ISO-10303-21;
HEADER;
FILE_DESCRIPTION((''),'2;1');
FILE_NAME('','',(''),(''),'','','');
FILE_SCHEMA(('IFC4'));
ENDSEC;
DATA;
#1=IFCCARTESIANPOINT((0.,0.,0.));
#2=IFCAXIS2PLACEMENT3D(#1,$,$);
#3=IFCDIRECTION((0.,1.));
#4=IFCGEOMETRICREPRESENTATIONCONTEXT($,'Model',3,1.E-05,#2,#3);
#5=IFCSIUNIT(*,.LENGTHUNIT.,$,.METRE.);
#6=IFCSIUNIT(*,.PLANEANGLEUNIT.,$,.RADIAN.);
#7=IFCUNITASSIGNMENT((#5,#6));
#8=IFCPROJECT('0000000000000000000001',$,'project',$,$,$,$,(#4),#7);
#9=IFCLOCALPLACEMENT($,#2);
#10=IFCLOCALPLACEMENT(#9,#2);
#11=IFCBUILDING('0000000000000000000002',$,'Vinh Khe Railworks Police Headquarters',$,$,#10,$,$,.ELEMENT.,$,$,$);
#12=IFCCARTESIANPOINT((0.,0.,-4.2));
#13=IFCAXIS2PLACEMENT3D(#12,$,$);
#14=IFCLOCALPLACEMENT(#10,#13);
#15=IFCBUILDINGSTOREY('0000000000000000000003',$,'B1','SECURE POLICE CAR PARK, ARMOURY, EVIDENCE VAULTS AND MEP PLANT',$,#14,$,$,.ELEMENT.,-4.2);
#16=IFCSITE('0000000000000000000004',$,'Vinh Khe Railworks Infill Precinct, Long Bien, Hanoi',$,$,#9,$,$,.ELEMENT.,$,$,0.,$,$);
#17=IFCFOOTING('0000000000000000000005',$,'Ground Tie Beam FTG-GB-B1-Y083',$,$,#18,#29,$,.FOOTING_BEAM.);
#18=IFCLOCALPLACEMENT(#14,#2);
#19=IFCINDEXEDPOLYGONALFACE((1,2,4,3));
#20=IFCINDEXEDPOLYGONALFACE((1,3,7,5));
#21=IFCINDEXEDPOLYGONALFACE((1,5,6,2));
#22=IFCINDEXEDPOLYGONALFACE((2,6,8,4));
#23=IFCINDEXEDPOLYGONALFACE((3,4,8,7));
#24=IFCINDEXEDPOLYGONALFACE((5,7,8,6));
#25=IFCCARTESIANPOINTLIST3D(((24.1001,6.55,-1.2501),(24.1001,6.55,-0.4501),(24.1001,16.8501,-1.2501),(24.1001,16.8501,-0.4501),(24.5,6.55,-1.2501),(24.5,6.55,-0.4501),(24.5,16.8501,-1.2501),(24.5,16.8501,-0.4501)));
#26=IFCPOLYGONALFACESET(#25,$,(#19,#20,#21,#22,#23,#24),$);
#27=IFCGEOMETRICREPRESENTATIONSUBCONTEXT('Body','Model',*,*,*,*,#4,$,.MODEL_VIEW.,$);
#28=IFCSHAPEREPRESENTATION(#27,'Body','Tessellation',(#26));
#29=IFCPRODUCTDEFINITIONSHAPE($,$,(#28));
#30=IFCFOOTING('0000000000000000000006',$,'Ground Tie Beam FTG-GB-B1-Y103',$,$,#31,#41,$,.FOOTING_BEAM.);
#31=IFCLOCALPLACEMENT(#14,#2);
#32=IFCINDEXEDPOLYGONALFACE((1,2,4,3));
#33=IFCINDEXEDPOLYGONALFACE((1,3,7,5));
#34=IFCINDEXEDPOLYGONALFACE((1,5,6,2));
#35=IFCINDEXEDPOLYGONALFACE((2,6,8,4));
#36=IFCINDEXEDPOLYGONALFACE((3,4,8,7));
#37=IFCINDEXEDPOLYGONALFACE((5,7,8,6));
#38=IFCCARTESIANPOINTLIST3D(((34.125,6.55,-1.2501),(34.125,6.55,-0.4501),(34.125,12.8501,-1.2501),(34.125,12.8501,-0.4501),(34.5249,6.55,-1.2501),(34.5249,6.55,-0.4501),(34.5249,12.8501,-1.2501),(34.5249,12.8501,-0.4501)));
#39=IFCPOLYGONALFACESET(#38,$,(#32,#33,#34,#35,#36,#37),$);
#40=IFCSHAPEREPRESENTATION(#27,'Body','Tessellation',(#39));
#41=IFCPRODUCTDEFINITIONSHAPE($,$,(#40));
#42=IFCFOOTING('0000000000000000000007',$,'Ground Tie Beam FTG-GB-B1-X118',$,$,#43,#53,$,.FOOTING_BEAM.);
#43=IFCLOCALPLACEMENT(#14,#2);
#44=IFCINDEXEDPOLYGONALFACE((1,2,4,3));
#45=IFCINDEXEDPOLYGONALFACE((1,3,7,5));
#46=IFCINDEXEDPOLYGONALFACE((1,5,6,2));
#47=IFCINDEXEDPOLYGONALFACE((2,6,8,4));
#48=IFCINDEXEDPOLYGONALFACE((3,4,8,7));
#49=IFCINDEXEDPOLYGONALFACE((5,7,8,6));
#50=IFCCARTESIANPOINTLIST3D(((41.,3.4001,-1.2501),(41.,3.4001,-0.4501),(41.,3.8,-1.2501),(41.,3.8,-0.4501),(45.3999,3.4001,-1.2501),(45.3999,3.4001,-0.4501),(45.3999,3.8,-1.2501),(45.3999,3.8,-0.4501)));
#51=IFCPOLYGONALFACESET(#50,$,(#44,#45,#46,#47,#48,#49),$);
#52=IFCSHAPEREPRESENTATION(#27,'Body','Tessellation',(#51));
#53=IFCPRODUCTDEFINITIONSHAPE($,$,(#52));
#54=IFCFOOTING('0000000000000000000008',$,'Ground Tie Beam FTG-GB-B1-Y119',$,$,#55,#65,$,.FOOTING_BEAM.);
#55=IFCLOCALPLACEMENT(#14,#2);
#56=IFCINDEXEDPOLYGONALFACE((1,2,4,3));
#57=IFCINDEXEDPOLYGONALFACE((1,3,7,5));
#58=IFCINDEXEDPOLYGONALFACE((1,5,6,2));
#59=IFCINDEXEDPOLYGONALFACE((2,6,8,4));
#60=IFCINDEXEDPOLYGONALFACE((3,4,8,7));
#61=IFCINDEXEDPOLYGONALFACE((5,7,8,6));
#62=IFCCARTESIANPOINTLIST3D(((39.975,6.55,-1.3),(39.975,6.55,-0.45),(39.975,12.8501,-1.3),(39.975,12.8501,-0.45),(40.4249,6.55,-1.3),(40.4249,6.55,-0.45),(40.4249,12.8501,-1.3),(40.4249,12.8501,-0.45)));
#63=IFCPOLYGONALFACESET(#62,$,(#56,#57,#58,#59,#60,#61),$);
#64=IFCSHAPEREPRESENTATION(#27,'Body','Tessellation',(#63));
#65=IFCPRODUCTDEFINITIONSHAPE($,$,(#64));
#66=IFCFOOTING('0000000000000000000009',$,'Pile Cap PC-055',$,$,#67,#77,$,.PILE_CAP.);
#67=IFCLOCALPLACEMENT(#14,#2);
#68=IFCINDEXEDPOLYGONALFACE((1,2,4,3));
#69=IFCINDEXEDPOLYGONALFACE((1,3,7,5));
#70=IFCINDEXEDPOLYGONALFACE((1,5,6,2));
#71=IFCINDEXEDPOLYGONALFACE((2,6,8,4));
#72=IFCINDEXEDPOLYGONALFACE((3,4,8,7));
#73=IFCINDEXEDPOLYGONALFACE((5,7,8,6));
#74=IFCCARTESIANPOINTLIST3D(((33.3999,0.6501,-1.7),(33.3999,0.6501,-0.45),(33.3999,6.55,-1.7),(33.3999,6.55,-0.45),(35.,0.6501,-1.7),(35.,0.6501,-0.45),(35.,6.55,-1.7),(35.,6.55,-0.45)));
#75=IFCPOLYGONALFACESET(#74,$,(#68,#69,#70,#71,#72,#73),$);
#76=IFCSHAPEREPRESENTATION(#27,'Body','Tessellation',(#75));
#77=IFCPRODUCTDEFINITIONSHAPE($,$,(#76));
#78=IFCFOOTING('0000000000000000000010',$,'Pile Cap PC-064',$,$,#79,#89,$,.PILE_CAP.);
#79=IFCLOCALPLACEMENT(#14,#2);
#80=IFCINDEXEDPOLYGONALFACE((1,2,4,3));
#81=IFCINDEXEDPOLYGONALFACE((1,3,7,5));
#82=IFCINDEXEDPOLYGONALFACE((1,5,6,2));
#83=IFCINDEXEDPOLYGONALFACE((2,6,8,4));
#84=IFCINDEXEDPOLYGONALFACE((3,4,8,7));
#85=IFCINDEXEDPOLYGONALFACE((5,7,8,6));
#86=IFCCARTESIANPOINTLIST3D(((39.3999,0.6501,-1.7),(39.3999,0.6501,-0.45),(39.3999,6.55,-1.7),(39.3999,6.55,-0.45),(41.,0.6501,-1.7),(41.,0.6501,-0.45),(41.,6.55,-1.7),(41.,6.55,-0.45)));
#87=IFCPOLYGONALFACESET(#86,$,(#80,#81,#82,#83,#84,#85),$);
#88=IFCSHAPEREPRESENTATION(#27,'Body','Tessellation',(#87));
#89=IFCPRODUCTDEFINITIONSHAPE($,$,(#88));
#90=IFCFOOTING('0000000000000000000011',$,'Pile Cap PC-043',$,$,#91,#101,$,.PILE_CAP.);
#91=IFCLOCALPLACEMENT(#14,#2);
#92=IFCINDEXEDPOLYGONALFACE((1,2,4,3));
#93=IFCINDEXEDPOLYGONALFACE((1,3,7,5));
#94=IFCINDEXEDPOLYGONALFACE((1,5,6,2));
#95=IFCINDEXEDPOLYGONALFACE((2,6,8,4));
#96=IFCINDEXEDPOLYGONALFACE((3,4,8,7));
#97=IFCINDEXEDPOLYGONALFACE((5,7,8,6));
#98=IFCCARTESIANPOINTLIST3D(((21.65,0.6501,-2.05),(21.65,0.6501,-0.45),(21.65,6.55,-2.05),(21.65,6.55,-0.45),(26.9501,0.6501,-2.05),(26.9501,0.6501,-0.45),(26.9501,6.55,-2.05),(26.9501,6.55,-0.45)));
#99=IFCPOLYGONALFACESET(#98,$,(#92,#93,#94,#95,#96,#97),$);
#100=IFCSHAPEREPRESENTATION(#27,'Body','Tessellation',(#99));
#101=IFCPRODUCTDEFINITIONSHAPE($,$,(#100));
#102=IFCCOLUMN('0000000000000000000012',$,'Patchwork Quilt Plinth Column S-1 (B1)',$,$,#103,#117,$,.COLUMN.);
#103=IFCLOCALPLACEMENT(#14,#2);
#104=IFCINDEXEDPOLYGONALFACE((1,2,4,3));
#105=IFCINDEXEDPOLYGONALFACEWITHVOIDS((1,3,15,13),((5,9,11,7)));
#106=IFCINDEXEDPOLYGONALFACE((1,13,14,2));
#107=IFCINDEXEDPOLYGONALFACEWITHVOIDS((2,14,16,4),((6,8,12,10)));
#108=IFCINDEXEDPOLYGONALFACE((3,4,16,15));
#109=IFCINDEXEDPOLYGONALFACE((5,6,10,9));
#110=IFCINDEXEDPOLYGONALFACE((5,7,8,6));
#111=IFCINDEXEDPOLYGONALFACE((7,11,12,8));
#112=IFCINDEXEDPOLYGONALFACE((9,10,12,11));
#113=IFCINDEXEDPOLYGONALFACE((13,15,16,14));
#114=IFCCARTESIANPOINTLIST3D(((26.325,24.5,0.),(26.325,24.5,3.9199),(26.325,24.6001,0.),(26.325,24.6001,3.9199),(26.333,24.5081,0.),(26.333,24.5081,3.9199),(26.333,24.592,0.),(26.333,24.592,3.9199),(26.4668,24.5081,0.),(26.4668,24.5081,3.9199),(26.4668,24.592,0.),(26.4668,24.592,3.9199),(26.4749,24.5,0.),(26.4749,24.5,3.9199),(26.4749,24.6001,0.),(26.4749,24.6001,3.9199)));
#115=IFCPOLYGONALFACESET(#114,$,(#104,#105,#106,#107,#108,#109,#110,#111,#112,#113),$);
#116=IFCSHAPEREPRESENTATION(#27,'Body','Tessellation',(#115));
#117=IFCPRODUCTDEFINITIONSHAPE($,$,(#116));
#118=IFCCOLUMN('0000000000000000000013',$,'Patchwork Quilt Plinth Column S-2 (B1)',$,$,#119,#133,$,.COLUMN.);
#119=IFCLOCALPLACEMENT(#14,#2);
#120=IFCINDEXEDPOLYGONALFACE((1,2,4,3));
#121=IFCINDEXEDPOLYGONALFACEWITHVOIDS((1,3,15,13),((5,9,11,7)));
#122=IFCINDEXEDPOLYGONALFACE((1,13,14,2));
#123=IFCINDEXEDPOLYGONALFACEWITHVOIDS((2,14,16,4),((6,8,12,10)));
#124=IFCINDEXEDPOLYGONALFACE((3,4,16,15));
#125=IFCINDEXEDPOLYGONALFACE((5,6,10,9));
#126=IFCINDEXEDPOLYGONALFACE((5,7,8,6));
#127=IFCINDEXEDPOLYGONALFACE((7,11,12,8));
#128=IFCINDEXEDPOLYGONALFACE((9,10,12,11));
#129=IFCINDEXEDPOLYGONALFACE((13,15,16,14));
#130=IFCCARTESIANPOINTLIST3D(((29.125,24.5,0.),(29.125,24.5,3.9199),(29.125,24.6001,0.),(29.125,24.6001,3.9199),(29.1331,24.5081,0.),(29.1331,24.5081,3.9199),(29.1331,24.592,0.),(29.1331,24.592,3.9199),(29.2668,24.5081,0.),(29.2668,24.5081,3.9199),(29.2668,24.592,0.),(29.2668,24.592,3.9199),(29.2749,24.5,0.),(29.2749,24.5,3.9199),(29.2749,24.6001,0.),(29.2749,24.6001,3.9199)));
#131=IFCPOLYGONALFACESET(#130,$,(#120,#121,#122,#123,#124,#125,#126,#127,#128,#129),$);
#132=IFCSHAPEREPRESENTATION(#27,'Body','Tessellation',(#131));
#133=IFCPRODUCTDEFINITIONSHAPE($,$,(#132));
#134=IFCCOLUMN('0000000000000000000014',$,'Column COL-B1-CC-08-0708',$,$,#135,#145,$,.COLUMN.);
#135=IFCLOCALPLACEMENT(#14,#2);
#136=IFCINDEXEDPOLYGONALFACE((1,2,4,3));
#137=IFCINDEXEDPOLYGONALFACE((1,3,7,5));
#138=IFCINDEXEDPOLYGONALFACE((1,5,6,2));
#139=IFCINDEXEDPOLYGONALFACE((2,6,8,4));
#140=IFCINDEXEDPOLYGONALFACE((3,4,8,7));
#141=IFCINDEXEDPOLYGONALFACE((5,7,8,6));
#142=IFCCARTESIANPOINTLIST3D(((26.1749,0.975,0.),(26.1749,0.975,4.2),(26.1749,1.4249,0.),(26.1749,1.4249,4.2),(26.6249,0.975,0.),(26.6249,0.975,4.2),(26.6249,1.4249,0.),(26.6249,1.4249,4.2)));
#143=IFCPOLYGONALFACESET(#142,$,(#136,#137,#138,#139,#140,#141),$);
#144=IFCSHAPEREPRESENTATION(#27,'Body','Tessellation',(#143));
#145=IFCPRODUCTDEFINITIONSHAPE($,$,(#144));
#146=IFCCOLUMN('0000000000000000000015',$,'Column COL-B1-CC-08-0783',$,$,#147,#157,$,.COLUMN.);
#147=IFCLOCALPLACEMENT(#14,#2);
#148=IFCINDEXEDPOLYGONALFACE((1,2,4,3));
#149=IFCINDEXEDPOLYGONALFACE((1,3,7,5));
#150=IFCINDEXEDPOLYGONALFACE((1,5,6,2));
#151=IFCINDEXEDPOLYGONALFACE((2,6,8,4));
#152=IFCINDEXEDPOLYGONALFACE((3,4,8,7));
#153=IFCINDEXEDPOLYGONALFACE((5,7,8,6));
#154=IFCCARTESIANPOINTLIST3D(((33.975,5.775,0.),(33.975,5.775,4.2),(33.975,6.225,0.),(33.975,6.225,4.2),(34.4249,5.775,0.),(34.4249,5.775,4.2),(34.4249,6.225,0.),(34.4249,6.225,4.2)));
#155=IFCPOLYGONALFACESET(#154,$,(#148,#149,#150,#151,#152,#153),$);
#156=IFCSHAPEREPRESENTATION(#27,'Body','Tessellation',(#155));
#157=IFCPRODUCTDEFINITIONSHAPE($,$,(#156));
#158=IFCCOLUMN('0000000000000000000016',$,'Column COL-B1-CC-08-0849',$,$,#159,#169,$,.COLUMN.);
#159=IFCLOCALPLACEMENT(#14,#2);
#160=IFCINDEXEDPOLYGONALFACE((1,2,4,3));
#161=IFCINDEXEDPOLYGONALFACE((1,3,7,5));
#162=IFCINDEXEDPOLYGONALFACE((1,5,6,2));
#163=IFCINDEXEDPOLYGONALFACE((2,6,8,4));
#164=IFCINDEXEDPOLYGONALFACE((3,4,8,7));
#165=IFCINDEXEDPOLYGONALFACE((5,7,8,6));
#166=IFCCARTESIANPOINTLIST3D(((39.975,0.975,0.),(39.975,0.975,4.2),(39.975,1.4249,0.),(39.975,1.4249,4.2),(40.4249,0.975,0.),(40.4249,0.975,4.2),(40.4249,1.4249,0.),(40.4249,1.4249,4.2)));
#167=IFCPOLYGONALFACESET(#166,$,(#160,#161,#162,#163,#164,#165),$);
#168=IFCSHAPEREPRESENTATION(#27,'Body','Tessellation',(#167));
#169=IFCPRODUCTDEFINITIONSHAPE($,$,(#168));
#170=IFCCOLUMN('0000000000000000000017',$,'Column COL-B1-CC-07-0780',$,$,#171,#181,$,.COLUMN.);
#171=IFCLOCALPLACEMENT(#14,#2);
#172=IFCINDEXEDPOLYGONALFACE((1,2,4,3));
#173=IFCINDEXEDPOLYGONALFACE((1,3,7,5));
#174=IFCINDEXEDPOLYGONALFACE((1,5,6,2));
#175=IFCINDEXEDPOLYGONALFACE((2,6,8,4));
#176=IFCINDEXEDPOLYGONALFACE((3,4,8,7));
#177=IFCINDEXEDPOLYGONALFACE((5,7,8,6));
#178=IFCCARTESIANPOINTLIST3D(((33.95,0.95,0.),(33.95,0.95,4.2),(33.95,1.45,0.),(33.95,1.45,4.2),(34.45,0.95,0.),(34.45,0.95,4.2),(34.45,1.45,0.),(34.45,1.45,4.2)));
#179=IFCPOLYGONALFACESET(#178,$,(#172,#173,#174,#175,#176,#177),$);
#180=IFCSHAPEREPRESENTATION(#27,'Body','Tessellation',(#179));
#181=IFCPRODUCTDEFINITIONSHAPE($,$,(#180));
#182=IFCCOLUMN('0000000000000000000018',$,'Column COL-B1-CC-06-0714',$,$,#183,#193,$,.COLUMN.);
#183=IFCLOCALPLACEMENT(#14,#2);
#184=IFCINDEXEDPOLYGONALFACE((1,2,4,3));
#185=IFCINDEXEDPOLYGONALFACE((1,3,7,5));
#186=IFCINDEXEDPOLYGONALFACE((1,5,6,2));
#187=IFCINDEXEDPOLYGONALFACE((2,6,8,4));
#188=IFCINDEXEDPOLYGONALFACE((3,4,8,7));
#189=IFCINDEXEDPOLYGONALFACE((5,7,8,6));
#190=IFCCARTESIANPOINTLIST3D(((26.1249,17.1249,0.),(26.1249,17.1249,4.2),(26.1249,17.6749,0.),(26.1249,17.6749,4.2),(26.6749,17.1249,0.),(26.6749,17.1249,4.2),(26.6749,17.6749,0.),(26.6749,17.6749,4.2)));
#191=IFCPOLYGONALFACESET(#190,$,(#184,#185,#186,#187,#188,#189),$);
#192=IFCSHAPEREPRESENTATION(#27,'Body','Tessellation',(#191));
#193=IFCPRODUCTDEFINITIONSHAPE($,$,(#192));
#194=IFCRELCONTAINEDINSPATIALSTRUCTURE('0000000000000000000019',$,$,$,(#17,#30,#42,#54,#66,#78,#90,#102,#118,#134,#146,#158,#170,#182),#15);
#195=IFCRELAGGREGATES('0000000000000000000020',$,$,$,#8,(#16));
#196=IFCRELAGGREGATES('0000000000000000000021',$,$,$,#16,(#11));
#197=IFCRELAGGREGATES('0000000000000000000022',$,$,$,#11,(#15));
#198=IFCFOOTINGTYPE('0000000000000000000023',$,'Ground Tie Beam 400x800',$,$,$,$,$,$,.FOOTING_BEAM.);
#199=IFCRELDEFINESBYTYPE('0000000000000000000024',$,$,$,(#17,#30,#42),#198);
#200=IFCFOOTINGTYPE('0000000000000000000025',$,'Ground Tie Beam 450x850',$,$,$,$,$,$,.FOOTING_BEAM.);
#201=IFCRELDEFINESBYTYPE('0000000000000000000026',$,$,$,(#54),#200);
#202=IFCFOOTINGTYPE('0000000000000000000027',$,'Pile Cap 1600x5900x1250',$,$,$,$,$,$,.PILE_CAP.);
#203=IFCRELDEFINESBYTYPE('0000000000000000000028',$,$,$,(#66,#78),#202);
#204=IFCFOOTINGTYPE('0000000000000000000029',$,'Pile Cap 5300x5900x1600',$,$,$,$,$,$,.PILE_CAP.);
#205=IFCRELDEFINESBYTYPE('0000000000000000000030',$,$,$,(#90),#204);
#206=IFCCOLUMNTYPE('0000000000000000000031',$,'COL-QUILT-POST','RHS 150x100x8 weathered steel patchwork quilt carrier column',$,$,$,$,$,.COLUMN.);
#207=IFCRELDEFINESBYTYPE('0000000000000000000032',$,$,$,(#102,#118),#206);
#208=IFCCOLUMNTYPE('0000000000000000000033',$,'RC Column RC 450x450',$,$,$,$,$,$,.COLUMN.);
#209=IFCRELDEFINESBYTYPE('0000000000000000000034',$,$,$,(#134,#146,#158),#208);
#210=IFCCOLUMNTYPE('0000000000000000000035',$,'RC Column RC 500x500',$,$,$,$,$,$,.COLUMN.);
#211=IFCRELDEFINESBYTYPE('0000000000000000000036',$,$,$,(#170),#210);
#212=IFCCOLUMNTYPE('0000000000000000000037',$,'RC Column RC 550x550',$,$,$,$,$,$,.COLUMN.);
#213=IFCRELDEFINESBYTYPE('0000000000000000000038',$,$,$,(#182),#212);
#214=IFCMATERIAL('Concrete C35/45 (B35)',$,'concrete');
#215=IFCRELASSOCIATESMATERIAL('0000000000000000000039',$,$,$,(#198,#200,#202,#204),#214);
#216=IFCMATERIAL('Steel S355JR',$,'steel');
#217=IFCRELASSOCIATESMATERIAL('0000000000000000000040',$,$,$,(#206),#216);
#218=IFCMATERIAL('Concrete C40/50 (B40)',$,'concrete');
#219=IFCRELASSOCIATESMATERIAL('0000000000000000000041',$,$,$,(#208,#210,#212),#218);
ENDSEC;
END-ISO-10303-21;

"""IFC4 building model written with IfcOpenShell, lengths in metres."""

from ifc_helpers import new_model, si_unit, direction, frame, origin, origin_2d, place, context, subcontext, project, spatial, rectangle, hollow_rectangle, extrude, material, material_profile, profile_set, type_object, element, save


model = new_model("IFC4")

# Units and contexts
model_context = context("Model", 3, precision=1e-05, world=origin(), true_north=direction((0.0, 1.0)))
body_context = subcontext(model_context, "Body", "Model", "MODEL_VIEW")
ifc_project = project(units=[si_unit("LENGTHUNIT", "METRE"), si_unit("PLANEANGLEUNIT", "RADIAN")], contexts=[model_context])

# Site, building, storey
site_placement = place(None, origin())
site = spatial("IfcSite", under=ifc_project, at=site_placement, Name="Vinh Khe Railworks Infill Precinct, Long Bien, Hanoi", CompositionType="ELEMENT", RefElevation=0.0)
building_placement = place(site_placement, origin())
building = spatial("IfcBuilding", under=site, at=building_placement, Name="Vinh Khe Railworks Police Headquarters", CompositionType="ELEMENT")
storey_placement = place(building_placement, frame((0.0, 0.0, -4.2)))
storey = spatial("IfcBuildingStorey", under=building, at=storey_placement, Name="B1", Description="SECURE POLICE CAR PARK, ARMOURY, EVIDENCE VAULTS AND MEP PLANT", CompositionType="ELEMENT", Elevation=-4.2)

# Shared definitions
ifc_material_1 = material(Name="Concrete C35/45 (B35)", Category="concrete")

# Footings
ifc_material_profile_1 = material_profile(ifc_material_1, rectangle(XDim=0.3999, YDim=0.8, at=origin_2d()), Name="RC 400x800")
ifc_profile_set_1 = profile_set([ifc_material_profile_1], Name="Concrete C35/45 (B35)")
footing_type_1 = type_object("IfcFootingType", Name="Ground Tie Beam 400x800", PredefinedType="FOOTING_BEAM", material=ifc_profile_set_1)
footing_1_placement = place(storey_placement, frame((24.3, 6.55, -0.8501), z_axis=(0.0, 1.0, 0.0), x_axis=(-1.0, 0.0, 0.0)))
element("IfcFooting", 1, at=footing_1_placement, inside=storey, type_object=footing_type_1, Name="Ground Tie Beam FTG-GB-B1-Y083", PredefinedType="FOOTING_BEAM", context=body_context, shape_type="SweptSolid", body=[
    extrude(rectangle(XDim=0.3999, YDim=0.8, at=origin_2d()), origin(), (0.0, 0.0, 1.0), 10.3),
])
footing_2_placement = place(storey_placement, frame((34.325, 6.55, -0.8501), z_axis=(0.0, 1.0, 0.0), x_axis=(-1.0, 0.0, 0.0)))
element("IfcFooting", 2, at=footing_2_placement, inside=storey, type_object=footing_type_1, Name="Ground Tie Beam FTG-GB-B1-Y103", PredefinedType="FOOTING_BEAM", context=body_context, shape_type="SweptSolid", body=[
    extrude(rectangle(XDim=0.3999, YDim=0.8, at=origin_2d()), origin(), (0.0, 0.0, 1.0), 6.3),
])
footing_3_placement = place(storey_placement, frame((41.0, 3.6001, -0.8501), z_axis=(1.0, 0.0, 0.0), x_axis=(0.0, 1.0, 0.0)))
element("IfcFooting", 3, at=footing_3_placement, inside=storey, type_object=footing_type_1, Name="Ground Tie Beam FTG-GB-B1-X118", PredefinedType="FOOTING_BEAM", context=body_context, shape_type="SweptSolid", body=[
    extrude(rectangle(XDim=0.3999, YDim=0.8, at=origin_2d()), origin(), (0.0, 0.0, 1.0), 4.3999),
])
ifc_material_profile_2 = material_profile(ifc_material_1, rectangle(XDim=0.45, YDim=0.8501, at=origin_2d()), Name="RC 450x850")
ifc_profile_set_2 = profile_set([ifc_material_profile_2], Name="Concrete C35/45 (B35)")
footing_type_2 = type_object("IfcFootingType", Name="Ground Tie Beam 450x850", PredefinedType="FOOTING_BEAM", material=ifc_profile_set_2)
footing_4_placement = place(storey_placement, frame((40.2, 6.55, -0.875), z_axis=(0.0, 1.0, 0.0), x_axis=(-1.0, 0.0, 0.0)))
element("IfcFooting", 4, at=footing_4_placement, inside=storey, type_object=footing_type_2, Name="Ground Tie Beam FTG-GB-B1-Y119", PredefinedType="FOOTING_BEAM", context=body_context, shape_type="SweptSolid", body=[
    extrude(rectangle(XDim=0.45, YDim=0.8501, at=origin_2d()), origin(), (0.0, 0.0, 1.0), 6.3),
])
footing_type_3 = type_object("IfcFootingType", Name="Pile Cap 1600x5900x1250", PredefinedType="PILE_CAP", material=ifc_material_1)
for number, where, z_axis, x_axis, name in (
    (5, (34.2, 3.6001, -1.7), (0.0, 0.0, 1.0), (1.0, 0.0, 0.0), "Pile Cap PC-055"),
    (6, (40.2, 3.6001, -1.7), (0.0, 0.0, 1.0), (1.0, 0.0, 0.0), "Pile Cap PC-064"),
):
    element("IfcFooting", number, at=place(storey_placement, frame(where, z_axis=z_axis, x_axis=x_axis)), inside=storey, type_object=footing_type_3, Name=name, PredefinedType="PILE_CAP", context=body_context, shape_type="SweptSolid", body=[
        extrude(rectangle(XDim=1.6001, YDim=5.8999, at=origin_2d()), origin(), (0.0, 0.0, 1.0), 1.25),
    ])
footing_type_4 = type_object("IfcFootingType", Name="Pile Cap 5300x5900x1600", PredefinedType="PILE_CAP", material=ifc_material_1)
footing_5_placement = place(storey_placement, frame((24.3, 3.6001, -2.05), z_axis=(0.0, 0.0, 1.0), x_axis=(1.0, 0.0, 0.0)))
element("IfcFooting", 7, at=footing_5_placement, inside=storey, type_object=footing_type_4, Name="Pile Cap PC-043", PredefinedType="PILE_CAP", context=body_context, shape_type="SweptSolid", body=[
    extrude(rectangle(XDim=5.3, YDim=5.8999, at=origin_2d()), origin(), (0.0, 0.0, 1.0), 1.6001),
])

# Columns
ifc_material_2 = material(Name="Steel S355JR", Category="steel")
ifc_material_profile_3 = material_profile(ifc_material_2, hollow_rectangle(XDim=0.1499, YDim=0.1001, WallThickness=0.0081, at=origin_2d()), Name="RHS 150x100x8")
ifc_profile_set_3 = profile_set([ifc_material_profile_3], Name="Steel S355JR")
column_type_1 = type_object("IfcColumnType", Name="COL-QUILT-POST", Description="RHS 150x100x8 weathered steel patchwork quilt carrier column", PredefinedType="COLUMN", material=ifc_profile_set_3)
for number, where, z_axis, x_axis, name in (
    (8, (26.3999, 24.55, 0.0), (0.0, 0.0, 1.0), (1.0, 0.0, 0.0), "Patchwork Quilt Plinth Column S-1 (B1)"),
    (9, (29.2, 24.55, 0.0), (0.0, 0.0, 1.0), (1.0, 0.0, 0.0), "Patchwork Quilt Plinth Column S-2 (B1)"),
):
    element("IfcColumn", number, at=place(storey_placement, frame(where, z_axis=z_axis, x_axis=x_axis)), inside=storey, type_object=column_type_1, Name=name, PredefinedType="COLUMN", context=body_context, shape_type="SweptSolid", body=[
        extrude(hollow_rectangle(XDim=0.1499, YDim=0.1001, WallThickness=0.0081, at=origin_2d()), origin(), (0.0, 0.0, 1.0), 3.9199),
    ])
ifc_material_3 = material(Name="Concrete C40/50 (B40)", Category="concrete")
ifc_material_profile_4 = material_profile(ifc_material_3, rectangle(XDim=0.45, YDim=0.45, at=origin_2d()), Name="RC 450x450")
ifc_profile_set_4 = profile_set([ifc_material_profile_4], Name="Concrete C40/50 (B40)")
column_type_2 = type_object("IfcColumnType", Name="RC Column RC 450x450", PredefinedType="COLUMN", material=ifc_profile_set_4)
for number, where, z_axis, x_axis, name in (
    (10, (26.3999, 1.2, 0.0), (0.0, 0.0, 1.0), (1.0, 0.0, 0.0), "Column COL-B1-CC-08-0708"),
    (11, (34.2, 6.0, 0.0), (0.0, 0.0, 1.0), (1.0, 0.0, 0.0), "Column COL-B1-CC-08-0783"),
    (12, (40.2, 1.2, 0.0), (0.0, 0.0, 1.0), (1.0, 0.0, 0.0), "Column COL-B1-CC-08-0849"),
):
    element("IfcColumn", number, at=place(storey_placement, frame(where, z_axis=z_axis, x_axis=x_axis)), inside=storey, type_object=column_type_2, Name=name, PredefinedType="COLUMN", context=body_context, shape_type="SweptSolid", body=[
        extrude(rectangle(XDim=0.45, YDim=0.45, at=origin_2d()), origin(), (0.0, 0.0, 1.0), 4.2),
    ])
ifc_material_profile_5 = material_profile(ifc_material_3, rectangle(XDim=0.5, YDim=0.5, at=origin_2d()), Name="RC 500x500")
ifc_profile_set_5 = profile_set([ifc_material_profile_5], Name="Concrete C40/50 (B40)")
column_type_3 = type_object("IfcColumnType", Name="RC Column RC 500x500", PredefinedType="COLUMN", material=ifc_profile_set_5)
column_1_placement = place(storey_placement, frame((34.2, 1.2, 0.0), z_axis=(0.0, 0.0, 1.0), x_axis=(1.0, 0.0, 0.0)))
element("IfcColumn", 13, at=column_1_placement, inside=storey, type_object=column_type_3, Name="Column COL-B1-CC-07-0780", PredefinedType="COLUMN", context=body_context, shape_type="SweptSolid", body=[
    extrude(rectangle(XDim=0.5, YDim=0.5, at=origin_2d()), origin(), (0.0, 0.0, 1.0), 4.2),
])
ifc_material_profile_6 = material_profile(ifc_material_3, rectangle(XDim=0.55, YDim=0.55, at=origin_2d()), Name="RC 550x550")
ifc_profile_set_6 = profile_set([ifc_material_profile_6], Name="Concrete C40/50 (B40)")
column_type_4 = type_object("IfcColumnType", Name="RC Column RC 550x550", PredefinedType="COLUMN", material=ifc_profile_set_6)
for number, where, z_axis, x_axis, name in (
    (14, (26.3999, 17.3999, 0.0), (0.0, 0.0, 1.0), (1.0, 0.0, 0.0), "Column COL-B1-CC-06-0714"),
):
    element("IfcColumn", number, at=place(storey_placement, frame(where, z_axis=z_axis, x_axis=x_axis)), inside=storey, type_object=column_type_4, Name=name, PredefinedType="COLUMN", context=body_context, shape_type="SweptSolid", body=[
        extrude(rectangle(XDim=0.55, YDim=0.55, at=origin_2d()), origin(), (0.0, 0.0, 1.0), 4.2),
    ])

save(model, "model.ifc")
